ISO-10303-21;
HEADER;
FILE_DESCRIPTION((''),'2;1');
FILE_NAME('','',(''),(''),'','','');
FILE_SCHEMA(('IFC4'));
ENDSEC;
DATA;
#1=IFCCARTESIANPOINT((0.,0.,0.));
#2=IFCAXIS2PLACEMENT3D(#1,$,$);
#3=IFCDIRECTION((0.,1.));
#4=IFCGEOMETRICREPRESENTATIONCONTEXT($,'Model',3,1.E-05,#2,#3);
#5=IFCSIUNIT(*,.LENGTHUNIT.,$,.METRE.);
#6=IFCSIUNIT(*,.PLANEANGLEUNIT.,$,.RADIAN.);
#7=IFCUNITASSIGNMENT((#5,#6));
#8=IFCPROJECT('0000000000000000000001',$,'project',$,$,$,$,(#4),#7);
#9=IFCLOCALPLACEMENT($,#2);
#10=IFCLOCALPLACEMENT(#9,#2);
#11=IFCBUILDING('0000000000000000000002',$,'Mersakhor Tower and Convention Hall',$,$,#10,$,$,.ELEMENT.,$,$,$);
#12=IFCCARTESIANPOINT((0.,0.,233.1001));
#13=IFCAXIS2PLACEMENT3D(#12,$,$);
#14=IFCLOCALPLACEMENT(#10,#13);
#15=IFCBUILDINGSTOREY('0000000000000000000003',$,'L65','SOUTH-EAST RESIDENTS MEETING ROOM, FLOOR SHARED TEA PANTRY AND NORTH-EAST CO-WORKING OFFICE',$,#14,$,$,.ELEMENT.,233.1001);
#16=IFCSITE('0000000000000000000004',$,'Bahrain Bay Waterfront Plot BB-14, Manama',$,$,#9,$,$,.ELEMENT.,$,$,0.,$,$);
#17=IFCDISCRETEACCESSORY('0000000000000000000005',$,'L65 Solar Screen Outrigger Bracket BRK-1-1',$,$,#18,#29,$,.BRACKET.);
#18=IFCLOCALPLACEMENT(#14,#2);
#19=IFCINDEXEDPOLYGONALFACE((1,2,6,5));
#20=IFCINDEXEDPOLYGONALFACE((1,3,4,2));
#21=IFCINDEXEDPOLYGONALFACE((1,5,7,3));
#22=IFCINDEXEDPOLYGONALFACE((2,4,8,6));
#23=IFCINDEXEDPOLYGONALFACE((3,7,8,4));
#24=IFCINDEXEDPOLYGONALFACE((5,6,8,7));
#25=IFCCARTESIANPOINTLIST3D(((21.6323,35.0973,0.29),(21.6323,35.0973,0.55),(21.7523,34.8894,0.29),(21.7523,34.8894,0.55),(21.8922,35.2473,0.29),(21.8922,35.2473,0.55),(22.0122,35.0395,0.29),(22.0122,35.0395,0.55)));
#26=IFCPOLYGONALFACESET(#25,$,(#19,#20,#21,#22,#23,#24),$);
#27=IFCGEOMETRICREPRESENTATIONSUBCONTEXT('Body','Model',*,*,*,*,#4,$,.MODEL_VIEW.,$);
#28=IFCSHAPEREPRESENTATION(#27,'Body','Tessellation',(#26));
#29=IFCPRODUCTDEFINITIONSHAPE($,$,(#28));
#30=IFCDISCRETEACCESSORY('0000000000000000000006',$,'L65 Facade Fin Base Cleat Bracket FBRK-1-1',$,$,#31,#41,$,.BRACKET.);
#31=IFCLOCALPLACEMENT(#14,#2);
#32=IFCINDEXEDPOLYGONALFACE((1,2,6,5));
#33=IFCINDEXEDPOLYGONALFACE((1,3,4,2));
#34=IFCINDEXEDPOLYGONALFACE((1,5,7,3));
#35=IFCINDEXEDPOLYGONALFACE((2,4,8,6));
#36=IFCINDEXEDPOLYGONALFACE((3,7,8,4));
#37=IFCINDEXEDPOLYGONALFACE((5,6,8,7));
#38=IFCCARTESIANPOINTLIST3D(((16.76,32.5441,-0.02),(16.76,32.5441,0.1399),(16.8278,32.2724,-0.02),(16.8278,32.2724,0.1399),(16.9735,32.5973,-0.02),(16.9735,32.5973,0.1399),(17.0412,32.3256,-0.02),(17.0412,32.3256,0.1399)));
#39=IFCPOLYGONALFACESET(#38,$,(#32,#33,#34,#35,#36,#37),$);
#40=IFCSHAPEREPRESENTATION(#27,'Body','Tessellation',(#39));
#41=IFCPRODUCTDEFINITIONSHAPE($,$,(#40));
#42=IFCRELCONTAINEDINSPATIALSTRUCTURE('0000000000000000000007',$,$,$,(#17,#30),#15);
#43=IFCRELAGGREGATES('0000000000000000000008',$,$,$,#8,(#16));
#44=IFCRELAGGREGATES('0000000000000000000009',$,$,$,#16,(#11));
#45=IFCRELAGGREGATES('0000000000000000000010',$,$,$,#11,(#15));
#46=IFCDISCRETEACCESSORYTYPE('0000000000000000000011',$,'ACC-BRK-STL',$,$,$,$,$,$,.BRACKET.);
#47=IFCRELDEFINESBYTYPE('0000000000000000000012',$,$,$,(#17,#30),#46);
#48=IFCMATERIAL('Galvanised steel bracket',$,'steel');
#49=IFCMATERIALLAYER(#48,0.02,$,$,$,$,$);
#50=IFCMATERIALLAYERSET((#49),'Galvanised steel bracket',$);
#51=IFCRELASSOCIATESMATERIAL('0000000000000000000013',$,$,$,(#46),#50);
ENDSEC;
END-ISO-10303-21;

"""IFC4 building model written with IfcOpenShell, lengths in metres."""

from ifc_helpers import new_model, si_unit, direction, frame, origin, origin_2d, place, context, subcontext, project, spatial, rectangle, extrude, material, layer, layer_set, type_object, element, save


model = new_model("IFC4")

# Units and contexts
model_context = context("Model", 3, precision=1e-05, world=origin(), true_north=direction((0.0, 1.0)))
body_context = subcontext(model_context, "Body", "Model", "MODEL_VIEW")
ifc_project = project(units=[si_unit("LENGTHUNIT", "METRE"), si_unit("PLANEANGLEUNIT", "RADIAN")], contexts=[model_context])

# Site, building, storey
site_placement = place(None, origin())
site = spatial("IfcSite", under=ifc_project, at=site_placement, Name="Bahrain Bay Waterfront Plot BB-14, Manama", CompositionType="ELEMENT", RefElevation=0.0)
building_placement = place(site_placement, origin())
building = spatial("IfcBuilding", under=site, at=building_placement, Name="Mersakhor Tower and Convention Hall", CompositionType="ELEMENT")
storey_placement = place(building_placement, frame((0.0, 0.0, 233.1001)))
storey = spatial("IfcBuildingStorey", under=building, at=storey_placement, Name="L65", Description="SOUTH-EAST RESIDENTS MEETING ROOM, FLOOR SHARED TEA PANTRY AND NORTH-EAST CO-WORKING OFFICE", CompositionType="ELEMENT", Elevation=233.1001)

# Discrete accessories
ifc_material_1 = material(Name="Galvanised steel bracket", Category="steel")
ifc_layer_1 = layer(ifc_material_1, 0.02)
ifc_layer_set_1 = layer_set([ifc_layer_1], Name="Galvanised steel bracket")
discrete_accessory_type = type_object("IfcDiscreteAccessoryType", Name="ACC-BRK-STL", PredefinedType="BRACKET", material=ifc_layer_set_1)
discrete_accessory_1_placement = place(storey_placement, frame((21.8223, 35.0684, 0.29), z_axis=(0.0, 0.0, 1.0), x_axis=(0.866025, 0.5, 0.0)))
element("IfcDiscreteAccessory", 1, at=discrete_accessory_1_placement, inside=storey, type_object=discrete_accessory_type, Name="L65 Solar Screen Outrigger Bracket BRK-1-1", PredefinedType="BRACKET", context=body_context, shape_type="SweptSolid", body=[
    extrude(rectangle(XDim=0.3, YDim=0.24, at=origin_2d()), origin(), (0.0, 0.0, 1.0), 0.26),
])
discrete_accessory_2_placement = place(storey_placement, frame((16.9006, 32.4348, -0.02), z_axis=(0.0, 0.0, 1.0), x_axis=(-0.241922, 0.970296, 0.0)))
element("IfcDiscreteAccessory", 2, at=discrete_accessory_2_placement, inside=storey, type_object=discrete_accessory_type, Name="L65 Facade Fin Base Cleat Bracket FBRK-1-1", PredefinedType="BRACKET", context=body_context, shape_type="SweptSolid", body=[
    extrude(rectangle(XDim=0.28, YDim=0.22, at=origin_2d()), origin(), (0.0, 0.0, 1.0), 0.1599),
])

save(model, "model.ifc")
